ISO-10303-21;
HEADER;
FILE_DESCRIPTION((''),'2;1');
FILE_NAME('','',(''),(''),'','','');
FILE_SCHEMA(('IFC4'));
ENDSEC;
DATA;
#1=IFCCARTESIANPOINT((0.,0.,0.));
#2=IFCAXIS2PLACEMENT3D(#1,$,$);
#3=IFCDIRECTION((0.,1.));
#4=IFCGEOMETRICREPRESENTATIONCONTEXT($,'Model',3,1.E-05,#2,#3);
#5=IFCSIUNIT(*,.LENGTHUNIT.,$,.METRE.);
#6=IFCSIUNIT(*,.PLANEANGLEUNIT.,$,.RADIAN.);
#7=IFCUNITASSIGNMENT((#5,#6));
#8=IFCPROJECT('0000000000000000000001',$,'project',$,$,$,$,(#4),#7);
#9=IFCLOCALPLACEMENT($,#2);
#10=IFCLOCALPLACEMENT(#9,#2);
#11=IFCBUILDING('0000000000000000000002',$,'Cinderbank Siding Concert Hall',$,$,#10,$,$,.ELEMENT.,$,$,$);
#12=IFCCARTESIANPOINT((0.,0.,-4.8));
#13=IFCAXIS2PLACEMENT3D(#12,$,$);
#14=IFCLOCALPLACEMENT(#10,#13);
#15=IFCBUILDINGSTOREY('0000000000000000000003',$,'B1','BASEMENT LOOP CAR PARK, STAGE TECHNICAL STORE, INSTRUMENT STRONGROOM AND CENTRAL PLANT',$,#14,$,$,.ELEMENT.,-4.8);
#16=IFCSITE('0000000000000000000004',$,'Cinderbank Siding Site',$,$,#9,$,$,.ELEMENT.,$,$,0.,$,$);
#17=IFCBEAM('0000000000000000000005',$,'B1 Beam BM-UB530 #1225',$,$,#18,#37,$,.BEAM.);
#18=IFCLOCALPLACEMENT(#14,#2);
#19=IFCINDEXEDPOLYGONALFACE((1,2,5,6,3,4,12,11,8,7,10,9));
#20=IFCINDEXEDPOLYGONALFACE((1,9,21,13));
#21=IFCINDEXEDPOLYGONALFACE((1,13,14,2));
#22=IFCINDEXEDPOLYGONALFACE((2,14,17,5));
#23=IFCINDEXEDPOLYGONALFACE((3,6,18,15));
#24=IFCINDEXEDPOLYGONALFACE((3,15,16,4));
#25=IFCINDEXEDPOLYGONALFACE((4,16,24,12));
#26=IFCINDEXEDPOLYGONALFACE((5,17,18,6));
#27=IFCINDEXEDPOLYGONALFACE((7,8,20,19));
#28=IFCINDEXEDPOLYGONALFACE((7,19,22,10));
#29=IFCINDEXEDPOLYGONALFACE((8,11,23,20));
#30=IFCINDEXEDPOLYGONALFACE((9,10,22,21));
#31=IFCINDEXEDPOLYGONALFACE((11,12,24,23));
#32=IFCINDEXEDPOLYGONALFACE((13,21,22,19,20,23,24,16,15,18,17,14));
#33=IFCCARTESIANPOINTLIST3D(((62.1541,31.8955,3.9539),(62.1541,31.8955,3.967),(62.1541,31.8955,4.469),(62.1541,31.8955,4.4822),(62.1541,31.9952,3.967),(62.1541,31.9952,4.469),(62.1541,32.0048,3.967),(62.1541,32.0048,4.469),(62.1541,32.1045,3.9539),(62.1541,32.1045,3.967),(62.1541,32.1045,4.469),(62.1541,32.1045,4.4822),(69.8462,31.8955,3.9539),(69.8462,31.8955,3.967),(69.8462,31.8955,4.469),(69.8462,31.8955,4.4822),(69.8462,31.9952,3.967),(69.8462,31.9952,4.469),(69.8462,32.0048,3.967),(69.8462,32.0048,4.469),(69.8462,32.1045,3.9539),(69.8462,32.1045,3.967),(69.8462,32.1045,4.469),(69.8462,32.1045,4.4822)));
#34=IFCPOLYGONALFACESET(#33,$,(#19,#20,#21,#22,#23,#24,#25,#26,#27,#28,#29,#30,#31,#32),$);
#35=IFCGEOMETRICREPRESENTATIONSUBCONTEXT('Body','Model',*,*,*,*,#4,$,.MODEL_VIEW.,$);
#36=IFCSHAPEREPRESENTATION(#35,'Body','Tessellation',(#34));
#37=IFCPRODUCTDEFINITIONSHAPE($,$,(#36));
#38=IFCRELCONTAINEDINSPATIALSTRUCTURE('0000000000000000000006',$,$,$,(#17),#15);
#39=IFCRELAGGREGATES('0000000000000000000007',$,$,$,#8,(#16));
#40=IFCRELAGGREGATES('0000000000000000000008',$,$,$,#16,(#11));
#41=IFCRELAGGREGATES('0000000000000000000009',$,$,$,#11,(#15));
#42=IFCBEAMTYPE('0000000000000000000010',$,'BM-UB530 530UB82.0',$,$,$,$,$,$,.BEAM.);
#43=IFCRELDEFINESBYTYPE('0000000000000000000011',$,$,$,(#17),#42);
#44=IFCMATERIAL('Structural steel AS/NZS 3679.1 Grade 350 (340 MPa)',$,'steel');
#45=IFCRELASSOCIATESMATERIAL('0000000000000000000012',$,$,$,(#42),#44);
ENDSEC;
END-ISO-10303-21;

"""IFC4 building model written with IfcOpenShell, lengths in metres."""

from ifc_helpers import new_model, si_unit, direction, frame, origin, origin_2d, place, context, subcontext, project, spatial, i_section, extrude, material, material_profile, profile_set, type_object, element, save


model = new_model("IFC4")

# Units and contexts
model_context = context("Model", 3, precision=1e-05, world=origin(), true_north=direction((0.0, 1.0)))
body_context = subcontext(model_context, "Body", "Model", "MODEL_VIEW")
ifc_project = project(units=[si_unit("LENGTHUNIT", "METRE"), si_unit("PLANEANGLEUNIT", "RADIAN")], contexts=[model_context])

# Site, building, storey
site_placement = place(None, origin())
site = spatial("IfcSite", under=ifc_project, at=site_placement, Name="Cinderbank Siding Site", CompositionType="ELEMENT", RefElevation=0.0)
building_placement = place(site_placement, origin())
building = spatial("IfcBuilding", under=site, at=building_placement, Name="Cinderbank Siding Concert Hall", CompositionType="ELEMENT")
storey_placement = place(building_placement, frame((0.0, 0.0, -4.8)))
storey = spatial("IfcBuildingStorey", under=building, at=storey_placement, Name="B1", Description="BASEMENT LOOP CAR PARK, STAGE TECHNICAL STORE, INSTRUMENT STRONGROOM AND CENTRAL PLANT", CompositionType="ELEMENT", Elevation=-4.8)

# Beam
ifc_material_1 = material(Name="Structural steel AS/NZS 3679.1 Grade 350 (340 MPa)", Category="steel")
ifc_material_profile_1 = material_profile(ifc_material_1, i_section(OverallWidth=0.209, OverallDepth=0.5283, WebThickness=0.0095, FlangeThickness=0.0132, at=origin_2d()), Name="530UB82.0", Category="LoadBearing")
ifc_profile_set_1 = profile_set([ifc_material_profile_1], Name="Structural steel AS/NZS 3679.1 Grade 350 (340 MPa)")
beam_type_1 = type_object("IfcBeamType", Name="BM-UB530 530UB82.0", PredefinedType="BEAM", material=ifc_profile_set_1)
beam_1_placement = place(storey_placement, frame((62.1541, 32.0, 4.218), z_axis=(1.0, 0.0, 0.0), x_axis=(0.0, 1.0, 0.0)))
element("IfcBeam", 1, at=beam_1_placement, inside=storey, type_object=beam_type_1, Name="B1 Beam BM-UB530 #1225", PredefinedType="BEAM", context=body_context, shape_type="SweptSolid", body=[
    extrude(i_section(OverallWidth=0.209, OverallDepth=0.5283, WebThickness=0.0095, FlangeThickness=0.0132, at=origin_2d()), origin(), (0.0, 0.0, 1.0), 7.6921),
])

save(model, "model.ifc")
